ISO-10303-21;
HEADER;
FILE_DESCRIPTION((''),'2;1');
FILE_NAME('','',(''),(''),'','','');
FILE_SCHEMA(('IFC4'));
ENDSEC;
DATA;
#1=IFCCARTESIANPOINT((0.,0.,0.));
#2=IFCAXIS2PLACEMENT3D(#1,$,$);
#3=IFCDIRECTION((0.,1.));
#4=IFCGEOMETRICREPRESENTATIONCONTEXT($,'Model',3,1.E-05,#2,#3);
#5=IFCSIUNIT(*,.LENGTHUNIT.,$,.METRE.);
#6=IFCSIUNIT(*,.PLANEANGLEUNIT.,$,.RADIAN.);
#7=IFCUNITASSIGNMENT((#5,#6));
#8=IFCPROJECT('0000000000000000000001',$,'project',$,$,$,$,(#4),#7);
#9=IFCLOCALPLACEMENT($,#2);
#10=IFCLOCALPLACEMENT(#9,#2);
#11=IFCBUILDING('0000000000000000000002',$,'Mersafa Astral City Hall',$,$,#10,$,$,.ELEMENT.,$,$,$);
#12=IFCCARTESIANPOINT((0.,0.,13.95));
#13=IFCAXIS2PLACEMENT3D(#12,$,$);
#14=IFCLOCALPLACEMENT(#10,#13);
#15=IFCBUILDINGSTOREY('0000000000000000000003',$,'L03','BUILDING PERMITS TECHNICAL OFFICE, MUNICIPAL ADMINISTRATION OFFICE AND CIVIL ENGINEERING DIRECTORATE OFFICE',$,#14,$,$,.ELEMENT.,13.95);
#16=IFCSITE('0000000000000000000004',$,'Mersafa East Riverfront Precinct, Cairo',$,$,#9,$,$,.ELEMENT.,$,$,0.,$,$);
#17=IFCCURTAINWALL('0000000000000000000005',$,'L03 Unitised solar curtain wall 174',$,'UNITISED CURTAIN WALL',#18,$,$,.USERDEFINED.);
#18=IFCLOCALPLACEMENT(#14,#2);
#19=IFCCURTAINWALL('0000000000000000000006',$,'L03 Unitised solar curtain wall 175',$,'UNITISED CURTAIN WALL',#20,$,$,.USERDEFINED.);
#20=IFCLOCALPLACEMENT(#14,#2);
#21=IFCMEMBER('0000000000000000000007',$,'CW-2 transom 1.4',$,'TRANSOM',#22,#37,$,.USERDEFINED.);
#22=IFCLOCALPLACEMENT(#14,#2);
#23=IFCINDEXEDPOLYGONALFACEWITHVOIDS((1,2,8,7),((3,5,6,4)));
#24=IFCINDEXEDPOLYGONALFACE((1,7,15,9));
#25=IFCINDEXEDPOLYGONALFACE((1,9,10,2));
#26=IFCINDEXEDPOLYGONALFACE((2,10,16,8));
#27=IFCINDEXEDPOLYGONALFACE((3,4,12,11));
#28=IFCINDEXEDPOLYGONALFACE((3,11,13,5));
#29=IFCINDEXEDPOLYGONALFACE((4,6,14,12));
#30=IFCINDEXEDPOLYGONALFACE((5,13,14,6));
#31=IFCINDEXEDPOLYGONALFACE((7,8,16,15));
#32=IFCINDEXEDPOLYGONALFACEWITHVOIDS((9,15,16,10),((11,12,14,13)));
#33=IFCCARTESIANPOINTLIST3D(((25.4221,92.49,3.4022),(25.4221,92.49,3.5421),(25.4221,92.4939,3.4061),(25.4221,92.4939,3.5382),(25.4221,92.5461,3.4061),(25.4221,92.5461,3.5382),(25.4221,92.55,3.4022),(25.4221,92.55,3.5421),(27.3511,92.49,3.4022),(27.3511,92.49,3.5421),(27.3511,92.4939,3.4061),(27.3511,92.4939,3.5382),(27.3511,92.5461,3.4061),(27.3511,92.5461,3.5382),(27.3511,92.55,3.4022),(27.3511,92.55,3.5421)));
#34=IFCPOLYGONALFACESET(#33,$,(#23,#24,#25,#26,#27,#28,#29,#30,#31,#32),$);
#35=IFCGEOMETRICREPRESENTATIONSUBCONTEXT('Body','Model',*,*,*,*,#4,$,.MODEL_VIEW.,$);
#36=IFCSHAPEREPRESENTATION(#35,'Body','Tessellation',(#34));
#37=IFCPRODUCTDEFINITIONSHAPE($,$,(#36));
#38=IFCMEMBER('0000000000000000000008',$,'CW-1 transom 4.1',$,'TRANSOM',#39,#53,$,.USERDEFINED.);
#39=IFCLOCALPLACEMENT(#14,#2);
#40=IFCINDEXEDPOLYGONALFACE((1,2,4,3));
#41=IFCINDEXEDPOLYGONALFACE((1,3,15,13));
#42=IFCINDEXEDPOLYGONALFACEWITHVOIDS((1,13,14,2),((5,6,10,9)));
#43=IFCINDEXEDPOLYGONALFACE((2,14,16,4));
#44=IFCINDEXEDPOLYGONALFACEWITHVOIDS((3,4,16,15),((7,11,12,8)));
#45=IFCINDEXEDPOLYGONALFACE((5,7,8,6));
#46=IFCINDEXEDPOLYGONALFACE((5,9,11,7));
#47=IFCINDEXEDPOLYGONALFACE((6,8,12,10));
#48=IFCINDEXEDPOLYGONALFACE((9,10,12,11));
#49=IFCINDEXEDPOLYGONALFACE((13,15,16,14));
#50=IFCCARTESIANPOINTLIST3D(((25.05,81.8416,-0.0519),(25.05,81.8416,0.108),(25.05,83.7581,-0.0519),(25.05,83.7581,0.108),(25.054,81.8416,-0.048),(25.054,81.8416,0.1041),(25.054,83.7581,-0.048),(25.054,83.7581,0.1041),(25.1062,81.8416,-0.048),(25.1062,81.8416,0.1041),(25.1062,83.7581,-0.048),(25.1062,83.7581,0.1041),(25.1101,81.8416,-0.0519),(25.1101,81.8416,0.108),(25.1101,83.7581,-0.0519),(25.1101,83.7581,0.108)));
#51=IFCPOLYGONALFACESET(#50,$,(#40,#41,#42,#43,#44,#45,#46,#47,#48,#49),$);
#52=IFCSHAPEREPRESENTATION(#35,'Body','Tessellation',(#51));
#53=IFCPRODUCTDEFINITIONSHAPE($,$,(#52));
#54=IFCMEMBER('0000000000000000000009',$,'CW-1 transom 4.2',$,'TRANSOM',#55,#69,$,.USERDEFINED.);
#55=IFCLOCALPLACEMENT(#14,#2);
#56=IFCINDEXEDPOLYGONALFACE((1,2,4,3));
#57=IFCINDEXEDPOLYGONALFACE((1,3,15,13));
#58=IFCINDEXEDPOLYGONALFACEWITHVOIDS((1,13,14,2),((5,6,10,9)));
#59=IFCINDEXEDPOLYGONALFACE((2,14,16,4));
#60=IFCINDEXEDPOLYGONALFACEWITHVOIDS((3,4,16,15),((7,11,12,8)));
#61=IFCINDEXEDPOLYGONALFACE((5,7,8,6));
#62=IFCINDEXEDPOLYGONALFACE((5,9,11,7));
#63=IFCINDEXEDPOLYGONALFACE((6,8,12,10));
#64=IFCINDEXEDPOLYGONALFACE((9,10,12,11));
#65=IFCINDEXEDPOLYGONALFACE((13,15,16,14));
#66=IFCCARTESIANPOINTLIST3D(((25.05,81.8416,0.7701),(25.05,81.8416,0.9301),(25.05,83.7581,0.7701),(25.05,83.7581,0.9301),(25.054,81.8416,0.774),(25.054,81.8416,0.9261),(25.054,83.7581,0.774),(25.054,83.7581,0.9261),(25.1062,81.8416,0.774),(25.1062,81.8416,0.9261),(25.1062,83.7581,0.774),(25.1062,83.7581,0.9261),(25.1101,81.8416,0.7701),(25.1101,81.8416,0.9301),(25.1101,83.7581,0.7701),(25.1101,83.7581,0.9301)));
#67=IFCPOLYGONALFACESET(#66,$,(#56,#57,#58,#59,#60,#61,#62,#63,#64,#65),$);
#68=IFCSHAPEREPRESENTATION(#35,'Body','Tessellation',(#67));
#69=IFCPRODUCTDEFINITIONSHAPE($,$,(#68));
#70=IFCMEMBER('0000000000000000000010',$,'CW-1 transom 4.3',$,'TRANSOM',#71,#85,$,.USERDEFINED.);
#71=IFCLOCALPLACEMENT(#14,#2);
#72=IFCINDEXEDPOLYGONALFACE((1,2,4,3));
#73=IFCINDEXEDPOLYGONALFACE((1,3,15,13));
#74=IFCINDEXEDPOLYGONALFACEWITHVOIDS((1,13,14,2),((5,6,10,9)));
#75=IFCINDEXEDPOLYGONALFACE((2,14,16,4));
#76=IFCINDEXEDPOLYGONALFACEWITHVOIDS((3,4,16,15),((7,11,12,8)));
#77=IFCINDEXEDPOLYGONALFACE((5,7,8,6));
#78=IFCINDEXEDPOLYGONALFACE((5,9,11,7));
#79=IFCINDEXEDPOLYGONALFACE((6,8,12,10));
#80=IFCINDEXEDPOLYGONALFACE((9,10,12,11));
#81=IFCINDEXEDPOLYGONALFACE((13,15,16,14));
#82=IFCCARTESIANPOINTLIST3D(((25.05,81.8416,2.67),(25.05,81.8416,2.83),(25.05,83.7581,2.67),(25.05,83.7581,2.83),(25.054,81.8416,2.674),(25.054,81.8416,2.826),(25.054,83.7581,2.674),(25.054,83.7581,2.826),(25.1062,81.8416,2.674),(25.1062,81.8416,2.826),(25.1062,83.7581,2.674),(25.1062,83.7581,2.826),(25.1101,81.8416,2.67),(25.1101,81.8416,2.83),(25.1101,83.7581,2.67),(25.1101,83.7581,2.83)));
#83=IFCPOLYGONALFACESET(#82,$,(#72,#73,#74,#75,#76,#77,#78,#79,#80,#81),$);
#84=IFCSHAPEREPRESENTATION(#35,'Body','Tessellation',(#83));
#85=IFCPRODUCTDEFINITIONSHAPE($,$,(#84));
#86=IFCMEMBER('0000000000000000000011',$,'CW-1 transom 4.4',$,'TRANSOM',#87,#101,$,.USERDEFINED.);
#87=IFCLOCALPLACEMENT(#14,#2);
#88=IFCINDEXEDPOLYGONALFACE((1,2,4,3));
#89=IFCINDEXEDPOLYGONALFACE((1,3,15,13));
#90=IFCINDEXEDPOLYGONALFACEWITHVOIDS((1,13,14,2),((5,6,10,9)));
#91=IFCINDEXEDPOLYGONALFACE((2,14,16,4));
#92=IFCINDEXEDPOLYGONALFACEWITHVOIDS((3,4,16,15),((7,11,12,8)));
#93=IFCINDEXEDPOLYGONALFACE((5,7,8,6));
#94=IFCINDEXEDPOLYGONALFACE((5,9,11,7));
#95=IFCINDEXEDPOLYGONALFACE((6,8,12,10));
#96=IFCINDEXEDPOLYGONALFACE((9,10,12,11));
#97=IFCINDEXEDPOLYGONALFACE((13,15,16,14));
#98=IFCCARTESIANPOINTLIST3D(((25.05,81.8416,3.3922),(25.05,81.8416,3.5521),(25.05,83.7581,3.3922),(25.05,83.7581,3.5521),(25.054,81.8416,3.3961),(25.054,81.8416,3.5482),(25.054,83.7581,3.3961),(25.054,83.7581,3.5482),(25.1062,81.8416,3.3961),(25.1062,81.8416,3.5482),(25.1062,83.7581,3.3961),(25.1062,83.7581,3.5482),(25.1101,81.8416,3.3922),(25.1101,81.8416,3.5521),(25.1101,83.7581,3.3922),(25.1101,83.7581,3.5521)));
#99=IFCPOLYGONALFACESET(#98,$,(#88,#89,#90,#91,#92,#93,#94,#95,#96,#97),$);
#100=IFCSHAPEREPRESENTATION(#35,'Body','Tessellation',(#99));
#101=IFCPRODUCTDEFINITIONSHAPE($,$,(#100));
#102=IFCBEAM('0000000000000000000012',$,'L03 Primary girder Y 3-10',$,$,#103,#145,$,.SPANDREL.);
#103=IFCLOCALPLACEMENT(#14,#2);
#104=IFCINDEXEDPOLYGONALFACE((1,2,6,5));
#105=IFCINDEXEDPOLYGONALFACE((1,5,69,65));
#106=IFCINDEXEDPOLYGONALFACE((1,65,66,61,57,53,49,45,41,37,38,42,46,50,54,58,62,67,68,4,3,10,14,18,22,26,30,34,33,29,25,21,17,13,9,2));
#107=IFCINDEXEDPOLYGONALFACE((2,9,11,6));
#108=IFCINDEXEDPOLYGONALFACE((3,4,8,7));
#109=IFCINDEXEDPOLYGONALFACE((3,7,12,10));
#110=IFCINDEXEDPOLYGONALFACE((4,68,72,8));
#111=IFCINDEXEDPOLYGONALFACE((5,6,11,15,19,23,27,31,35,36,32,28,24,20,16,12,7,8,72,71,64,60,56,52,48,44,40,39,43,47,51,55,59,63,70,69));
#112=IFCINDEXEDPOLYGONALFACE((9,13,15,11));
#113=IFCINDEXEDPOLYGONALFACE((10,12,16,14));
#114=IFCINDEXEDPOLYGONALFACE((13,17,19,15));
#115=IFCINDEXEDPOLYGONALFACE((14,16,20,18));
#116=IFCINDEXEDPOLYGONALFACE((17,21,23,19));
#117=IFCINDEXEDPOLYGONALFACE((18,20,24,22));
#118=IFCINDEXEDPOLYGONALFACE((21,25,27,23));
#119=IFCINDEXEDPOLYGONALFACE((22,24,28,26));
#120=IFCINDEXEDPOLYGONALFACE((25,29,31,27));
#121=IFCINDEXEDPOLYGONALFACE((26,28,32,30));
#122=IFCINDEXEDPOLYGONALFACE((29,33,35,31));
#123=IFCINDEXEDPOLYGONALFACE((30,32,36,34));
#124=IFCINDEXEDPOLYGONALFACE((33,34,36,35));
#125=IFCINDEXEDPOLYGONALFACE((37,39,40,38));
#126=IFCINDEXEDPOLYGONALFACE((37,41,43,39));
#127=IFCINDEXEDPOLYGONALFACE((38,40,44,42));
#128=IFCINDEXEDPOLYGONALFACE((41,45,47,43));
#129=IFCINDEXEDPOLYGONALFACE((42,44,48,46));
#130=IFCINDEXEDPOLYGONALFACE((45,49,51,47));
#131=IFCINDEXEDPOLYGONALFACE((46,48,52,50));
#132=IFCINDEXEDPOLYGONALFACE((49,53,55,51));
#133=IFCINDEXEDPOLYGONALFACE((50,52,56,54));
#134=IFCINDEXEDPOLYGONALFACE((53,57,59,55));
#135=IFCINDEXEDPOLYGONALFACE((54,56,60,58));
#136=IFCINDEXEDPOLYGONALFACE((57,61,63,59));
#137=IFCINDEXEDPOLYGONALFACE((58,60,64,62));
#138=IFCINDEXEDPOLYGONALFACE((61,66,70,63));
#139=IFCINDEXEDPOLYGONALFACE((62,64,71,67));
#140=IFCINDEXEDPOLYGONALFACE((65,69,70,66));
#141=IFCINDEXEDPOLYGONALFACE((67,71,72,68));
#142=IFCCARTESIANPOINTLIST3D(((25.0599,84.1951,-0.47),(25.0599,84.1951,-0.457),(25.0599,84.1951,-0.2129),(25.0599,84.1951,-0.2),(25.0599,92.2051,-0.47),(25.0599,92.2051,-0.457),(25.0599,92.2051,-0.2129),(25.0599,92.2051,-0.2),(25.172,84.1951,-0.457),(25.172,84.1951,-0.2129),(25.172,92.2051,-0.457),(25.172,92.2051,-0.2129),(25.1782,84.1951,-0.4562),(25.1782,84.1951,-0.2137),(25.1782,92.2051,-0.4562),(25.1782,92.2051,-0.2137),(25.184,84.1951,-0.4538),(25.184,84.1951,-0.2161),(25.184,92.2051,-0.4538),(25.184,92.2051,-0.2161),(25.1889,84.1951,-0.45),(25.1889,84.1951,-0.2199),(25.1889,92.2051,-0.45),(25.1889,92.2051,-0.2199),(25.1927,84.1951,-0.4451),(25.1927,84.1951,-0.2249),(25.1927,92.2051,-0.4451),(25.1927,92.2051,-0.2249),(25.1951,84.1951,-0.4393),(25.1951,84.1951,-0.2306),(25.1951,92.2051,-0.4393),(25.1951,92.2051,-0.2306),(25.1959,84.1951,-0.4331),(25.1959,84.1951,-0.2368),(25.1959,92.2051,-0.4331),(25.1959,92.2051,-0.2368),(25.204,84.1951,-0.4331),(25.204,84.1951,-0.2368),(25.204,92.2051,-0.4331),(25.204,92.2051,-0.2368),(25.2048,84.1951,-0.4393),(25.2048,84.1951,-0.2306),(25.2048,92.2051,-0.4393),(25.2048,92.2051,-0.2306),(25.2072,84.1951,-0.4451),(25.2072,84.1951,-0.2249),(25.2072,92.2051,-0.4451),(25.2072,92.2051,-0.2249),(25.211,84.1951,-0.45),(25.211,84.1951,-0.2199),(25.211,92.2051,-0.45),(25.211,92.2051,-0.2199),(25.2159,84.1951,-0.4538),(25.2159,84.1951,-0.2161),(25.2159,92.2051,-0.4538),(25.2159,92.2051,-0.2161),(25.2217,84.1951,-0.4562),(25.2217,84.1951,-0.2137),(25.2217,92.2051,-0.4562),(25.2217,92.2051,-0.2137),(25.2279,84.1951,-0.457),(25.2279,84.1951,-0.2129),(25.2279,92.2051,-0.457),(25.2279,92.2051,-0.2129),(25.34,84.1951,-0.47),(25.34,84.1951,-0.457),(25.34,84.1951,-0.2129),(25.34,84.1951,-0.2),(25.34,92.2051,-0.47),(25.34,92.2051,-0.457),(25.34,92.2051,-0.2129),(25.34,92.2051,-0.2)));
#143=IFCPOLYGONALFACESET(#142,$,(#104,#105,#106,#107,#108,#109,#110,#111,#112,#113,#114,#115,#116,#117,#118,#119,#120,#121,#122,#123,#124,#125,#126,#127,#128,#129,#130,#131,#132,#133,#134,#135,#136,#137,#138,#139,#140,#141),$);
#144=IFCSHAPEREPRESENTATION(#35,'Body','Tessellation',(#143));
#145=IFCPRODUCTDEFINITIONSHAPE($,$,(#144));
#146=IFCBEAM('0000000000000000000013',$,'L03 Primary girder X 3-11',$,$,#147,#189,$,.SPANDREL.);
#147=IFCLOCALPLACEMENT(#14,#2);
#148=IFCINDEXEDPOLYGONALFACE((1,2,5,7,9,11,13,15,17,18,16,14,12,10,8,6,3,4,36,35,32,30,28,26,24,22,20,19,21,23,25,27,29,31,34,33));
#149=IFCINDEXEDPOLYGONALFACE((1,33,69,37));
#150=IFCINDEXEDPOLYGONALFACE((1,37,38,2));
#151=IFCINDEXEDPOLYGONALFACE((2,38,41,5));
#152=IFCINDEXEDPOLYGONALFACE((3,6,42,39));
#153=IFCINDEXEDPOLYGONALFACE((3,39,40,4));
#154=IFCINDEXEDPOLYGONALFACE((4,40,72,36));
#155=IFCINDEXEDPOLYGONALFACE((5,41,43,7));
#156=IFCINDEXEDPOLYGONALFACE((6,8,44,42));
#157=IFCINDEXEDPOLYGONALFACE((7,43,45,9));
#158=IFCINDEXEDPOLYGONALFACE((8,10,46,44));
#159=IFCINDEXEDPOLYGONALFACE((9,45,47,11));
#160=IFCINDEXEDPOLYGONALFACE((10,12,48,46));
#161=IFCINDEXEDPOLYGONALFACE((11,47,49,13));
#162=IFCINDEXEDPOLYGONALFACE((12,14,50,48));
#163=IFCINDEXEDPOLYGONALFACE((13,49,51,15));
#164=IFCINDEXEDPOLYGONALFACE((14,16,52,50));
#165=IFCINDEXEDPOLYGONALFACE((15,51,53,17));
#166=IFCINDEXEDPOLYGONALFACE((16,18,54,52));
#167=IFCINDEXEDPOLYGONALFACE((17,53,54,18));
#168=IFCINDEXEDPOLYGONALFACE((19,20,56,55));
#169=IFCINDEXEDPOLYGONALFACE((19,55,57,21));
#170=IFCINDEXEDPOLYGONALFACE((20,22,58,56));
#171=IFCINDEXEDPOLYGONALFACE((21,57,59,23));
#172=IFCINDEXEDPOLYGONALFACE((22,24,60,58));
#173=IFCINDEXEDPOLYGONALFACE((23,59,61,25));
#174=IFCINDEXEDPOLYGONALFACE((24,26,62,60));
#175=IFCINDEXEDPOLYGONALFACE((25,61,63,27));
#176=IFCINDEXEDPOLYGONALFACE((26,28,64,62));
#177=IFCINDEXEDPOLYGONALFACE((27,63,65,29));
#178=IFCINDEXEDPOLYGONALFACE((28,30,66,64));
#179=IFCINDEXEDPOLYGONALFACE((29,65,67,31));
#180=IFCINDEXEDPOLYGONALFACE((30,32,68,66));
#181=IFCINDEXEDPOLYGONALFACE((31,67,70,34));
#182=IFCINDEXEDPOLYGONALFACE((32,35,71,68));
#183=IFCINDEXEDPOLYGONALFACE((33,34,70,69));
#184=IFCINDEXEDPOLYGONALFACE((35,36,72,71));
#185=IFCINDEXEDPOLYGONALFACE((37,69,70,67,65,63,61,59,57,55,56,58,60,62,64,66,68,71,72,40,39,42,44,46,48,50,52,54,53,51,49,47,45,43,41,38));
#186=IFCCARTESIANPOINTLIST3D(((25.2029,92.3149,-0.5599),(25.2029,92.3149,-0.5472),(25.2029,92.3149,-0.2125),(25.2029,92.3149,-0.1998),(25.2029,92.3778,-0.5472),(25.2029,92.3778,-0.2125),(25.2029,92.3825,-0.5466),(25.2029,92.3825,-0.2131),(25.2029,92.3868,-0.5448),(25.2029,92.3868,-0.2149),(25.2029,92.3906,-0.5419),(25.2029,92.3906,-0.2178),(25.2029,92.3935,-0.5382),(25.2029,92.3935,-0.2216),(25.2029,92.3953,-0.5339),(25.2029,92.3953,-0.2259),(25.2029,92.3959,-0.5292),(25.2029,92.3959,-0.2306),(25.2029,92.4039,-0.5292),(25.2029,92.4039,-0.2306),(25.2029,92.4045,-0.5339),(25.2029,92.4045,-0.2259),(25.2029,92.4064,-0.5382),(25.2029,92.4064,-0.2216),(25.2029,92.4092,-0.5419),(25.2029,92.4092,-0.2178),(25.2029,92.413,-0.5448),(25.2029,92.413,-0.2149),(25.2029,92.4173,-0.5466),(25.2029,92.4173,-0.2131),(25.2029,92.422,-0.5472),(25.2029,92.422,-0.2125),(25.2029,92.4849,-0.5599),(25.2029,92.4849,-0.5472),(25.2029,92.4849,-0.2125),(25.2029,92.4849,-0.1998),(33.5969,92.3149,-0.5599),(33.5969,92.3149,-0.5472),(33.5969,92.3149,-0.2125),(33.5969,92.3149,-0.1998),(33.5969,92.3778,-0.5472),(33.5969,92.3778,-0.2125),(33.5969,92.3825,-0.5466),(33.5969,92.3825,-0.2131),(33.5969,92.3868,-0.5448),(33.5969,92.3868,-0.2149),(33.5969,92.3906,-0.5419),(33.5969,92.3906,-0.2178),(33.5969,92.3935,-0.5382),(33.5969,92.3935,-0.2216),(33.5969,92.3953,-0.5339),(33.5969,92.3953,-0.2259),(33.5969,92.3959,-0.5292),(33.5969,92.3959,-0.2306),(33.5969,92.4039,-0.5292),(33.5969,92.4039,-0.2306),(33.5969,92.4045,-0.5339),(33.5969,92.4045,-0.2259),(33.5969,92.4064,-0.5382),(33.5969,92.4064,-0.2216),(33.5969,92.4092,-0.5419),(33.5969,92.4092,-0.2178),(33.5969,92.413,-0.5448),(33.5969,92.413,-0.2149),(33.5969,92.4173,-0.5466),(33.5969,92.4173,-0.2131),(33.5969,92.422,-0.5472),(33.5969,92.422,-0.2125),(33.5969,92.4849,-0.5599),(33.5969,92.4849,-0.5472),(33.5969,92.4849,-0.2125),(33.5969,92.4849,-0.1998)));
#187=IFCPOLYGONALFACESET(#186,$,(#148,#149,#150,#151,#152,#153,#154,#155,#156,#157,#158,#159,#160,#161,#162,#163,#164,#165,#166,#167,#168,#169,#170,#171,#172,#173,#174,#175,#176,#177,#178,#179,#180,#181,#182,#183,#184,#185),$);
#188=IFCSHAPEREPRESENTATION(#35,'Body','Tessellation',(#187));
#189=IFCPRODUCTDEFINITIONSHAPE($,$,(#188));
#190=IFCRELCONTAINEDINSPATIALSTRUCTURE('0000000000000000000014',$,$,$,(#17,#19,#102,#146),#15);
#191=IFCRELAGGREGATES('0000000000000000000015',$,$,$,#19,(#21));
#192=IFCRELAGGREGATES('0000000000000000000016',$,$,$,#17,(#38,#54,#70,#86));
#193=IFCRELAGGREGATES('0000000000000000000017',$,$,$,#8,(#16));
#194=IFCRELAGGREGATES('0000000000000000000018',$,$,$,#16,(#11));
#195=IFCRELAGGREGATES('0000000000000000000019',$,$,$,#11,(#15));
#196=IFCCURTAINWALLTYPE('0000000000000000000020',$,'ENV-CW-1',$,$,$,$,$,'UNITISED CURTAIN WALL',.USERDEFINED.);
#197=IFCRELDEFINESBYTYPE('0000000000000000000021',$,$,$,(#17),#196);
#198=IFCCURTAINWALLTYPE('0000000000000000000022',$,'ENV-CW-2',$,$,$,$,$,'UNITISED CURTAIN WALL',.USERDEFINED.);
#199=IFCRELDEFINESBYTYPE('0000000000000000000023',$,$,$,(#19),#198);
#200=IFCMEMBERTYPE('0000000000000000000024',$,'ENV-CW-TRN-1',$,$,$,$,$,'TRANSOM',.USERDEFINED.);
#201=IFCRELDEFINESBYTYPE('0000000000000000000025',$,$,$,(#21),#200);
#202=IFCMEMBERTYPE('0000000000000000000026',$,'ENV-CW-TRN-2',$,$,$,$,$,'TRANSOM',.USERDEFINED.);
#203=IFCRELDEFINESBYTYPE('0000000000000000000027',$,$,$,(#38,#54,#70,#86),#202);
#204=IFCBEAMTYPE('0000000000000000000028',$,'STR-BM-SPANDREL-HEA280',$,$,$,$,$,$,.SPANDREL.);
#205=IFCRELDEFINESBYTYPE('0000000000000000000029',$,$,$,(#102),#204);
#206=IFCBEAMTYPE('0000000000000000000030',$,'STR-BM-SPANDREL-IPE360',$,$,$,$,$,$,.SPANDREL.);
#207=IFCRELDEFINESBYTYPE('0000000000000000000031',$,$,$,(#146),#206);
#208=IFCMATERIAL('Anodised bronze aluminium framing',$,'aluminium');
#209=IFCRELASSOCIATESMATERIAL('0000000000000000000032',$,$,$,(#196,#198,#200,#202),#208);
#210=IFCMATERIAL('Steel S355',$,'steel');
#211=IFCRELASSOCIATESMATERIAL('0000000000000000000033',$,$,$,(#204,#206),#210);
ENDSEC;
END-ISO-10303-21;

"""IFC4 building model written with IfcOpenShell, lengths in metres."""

from ifc_helpers import new_model, si_unit, direction, frame, origin, origin_2d, place, context, subcontext, project, spatial, hollow_rectangle, i_section, extrude, material, material_profile, profile_set, type_object, element, aggregate, save


model = new_model("IFC4")

# Units and contexts
model_context = context("Model", 3, precision=1e-05, world=origin(), true_north=direction((0.0, 1.0)))
body_context = subcontext(model_context, "Body", "Model", "MODEL_VIEW")
ifc_project = project(units=[si_unit("LENGTHUNIT", "METRE"), si_unit("PLANEANGLEUNIT", "RADIAN")], contexts=[model_context])

# Site, building, storey
site_placement = place(None, origin())
site = spatial("IfcSite", under=ifc_project, at=site_placement, Name="Mersafa East Riverfront Precinct, Cairo", CompositionType="ELEMENT", RefElevation=0.0)
building_placement = place(site_placement, origin())
building = spatial("IfcBuilding", under=site, at=building_placement, Name="Mersafa Astral City Hall", CompositionType="ELEMENT")
storey_placement = place(building_placement, frame((0.0, 0.0, 13.95)))
storey = spatial("IfcBuildingStorey", under=building, at=storey_placement, Name="L03", Description="BUILDING PERMITS TECHNICAL OFFICE, MUNICIPAL ADMINISTRATION OFFICE AND CIVIL ENGINEERING DIRECTORATE OFFICE", CompositionType="ELEMENT", Elevation=13.95)

# Shared definitions
ifc_material_1 = material(Name="Steel S355", Category="steel")

# Curtain wall
ifc_material_2 = material(Name="Anodised bronze aluminium framing", Category="aluminium")
curtain_wall_type_1 = type_object("IfcCurtainWallType", Name="ENV-CW-1", ElementType="UNITISED CURTAIN WALL", PredefinedType="USERDEFINED", material=ifc_material_2)
curtain_wall_1_placement = place(storey_placement, origin())
curtain_wall_1 = element("IfcCurtainWall", 1, at=curtain_wall_1_placement, inside=storey, type_object=curtain_wall_type_1, Name="L03 Unitised solar curtain wall 174", ObjectType="UNITISED CURTAIN WALL", PredefinedType="USERDEFINED")

# Curtain wall, member
curtain_wall_type_2 = type_object("IfcCurtainWallType", Name="ENV-CW-2", ElementType="UNITISED CURTAIN WALL", PredefinedType="USERDEFINED", material=ifc_material_2)
curtain_wall_2_placement = place(storey_placement, origin())
curtain_wall_2 = element("IfcCurtainWall", 2, at=curtain_wall_2_placement, inside=storey, type_object=curtain_wall_type_2, Name="L03 Unitised solar curtain wall 175", ObjectType="UNITISED CURTAIN WALL", PredefinedType="USERDEFINED")
ifc_material_profile_1 = material_profile(ifc_material_2, hollow_rectangle(XDim=0.0601, YDim=0.1399, WallThickness=0.0039, at=origin_2d()), Name="RHS 60x140x4")
ifc_profile_set_1 = profile_set([ifc_material_profile_1], Name="Anodised bronze aluminium framing")
member_type_1 = type_object("IfcMemberType", Name="ENV-CW-TRN-1", ElementType="TRANSOM", PredefinedType="USERDEFINED", material=ifc_profile_set_1)
member_1_placement = place(storey_placement, frame((25.4221, 92.52, 3.4722), z_axis=(1.0, 0.0, 0.0), x_axis=(0.0, 1.0, 0.0)))
member_1 = element("IfcMember", 3, at=member_1_placement, type_object=member_type_1, Name="CW-2 transom 1.4", ObjectType="TRANSOM", PredefinedType="USERDEFINED", context=body_context, shape_type="SweptSolid", body=[
    extrude(hollow_rectangle(XDim=0.0601, YDim=0.1399, WallThickness=0.0039, at=origin_2d()), origin(), (0.0, 0.0, 1.0), 1.929),
])
aggregate(curtain_wall_2, [member_1])

# Members
ifc_material_profile_2 = material_profile(ifc_material_2, hollow_rectangle(XDim=0.0601, YDim=0.1599, WallThickness=0.0039, at=origin_2d()), Name="RHS 60x160x4")
ifc_profile_set_2 = profile_set([ifc_material_profile_2], Name="Anodised bronze aluminium framing")
member_type_2 = type_object("IfcMemberType", Name="ENV-CW-TRN-2", ElementType="TRANSOM", PredefinedType="USERDEFINED", material=ifc_profile_set_2)
member_2_placement = place(storey_placement, frame((25.0801, 81.8416, 0.0281), z_axis=(0.0, 1.0, 0.0), x_axis=(-1.0, 0.0, 0.0)))
member_2 = element("IfcMember", 4, at=member_2_placement, type_object=member_type_2, Name="CW-1 transom 4.1", ObjectType="TRANSOM", PredefinedType="USERDEFINED", context=body_context, shape_type="SweptSolid", body=[
    extrude(hollow_rectangle(XDim=0.0601, YDim=0.1599, WallThickness=0.0039, at=origin_2d()), origin(), (0.0, 0.0, 1.0), 1.9165),
])
member_3_placement = place(storey_placement, frame((25.0801, 81.8416, 0.8501), z_axis=(0.0, 1.0, 0.0), x_axis=(-1.0, 0.0, 0.0)))
member_3 = element("IfcMember", 5, at=member_3_placement, type_object=member_type_2, Name="CW-1 transom 4.2", ObjectType="TRANSOM", PredefinedType="USERDEFINED", context=body_context, shape_type="SweptSolid", body=[
    extrude(hollow_rectangle(XDim=0.0601, YDim=0.1599, WallThickness=0.0039, at=origin_2d()), origin(), (0.0, 0.0, 1.0), 1.9165),
])
member_4_placement = place(storey_placement, frame((25.0801, 81.8416, 2.75), z_axis=(0.0, 1.0, 0.0), x_axis=(-1.0, 0.0, 0.0)))
member_4 = element("IfcMember", 6, at=member_4_placement, type_object=member_type_2, Name="CW-1 transom 4.3", ObjectType="TRANSOM", PredefinedType="USERDEFINED", context=body_context, shape_type="SweptSolid", body=[
    extrude(hollow_rectangle(XDim=0.0601, YDim=0.1599, WallThickness=0.0039, at=origin_2d()), origin(), (0.0, 0.0, 1.0), 1.9165),
])
member_5_placement = place(storey_placement, frame((25.0801, 81.8416, 3.4722), z_axis=(0.0, 1.0, 0.0), x_axis=(-1.0, 0.0, 0.0)))
member_5 = element("IfcMember", 7, at=member_5_placement, type_object=member_type_2, Name="CW-1 transom 4.4", ObjectType="TRANSOM", PredefinedType="USERDEFINED", context=body_context, shape_type="SweptSolid", body=[
    extrude(hollow_rectangle(XDim=0.0601, YDim=0.1599, WallThickness=0.0039, at=origin_2d()), origin(), (0.0, 0.0, 1.0), 1.9165),
])

# Beams
ifc_material_profile_3 = material_profile(ifc_material_1, i_section(OverallWidth=0.28, OverallDepth=0.27, WebThickness=0.0081, FlangeThickness=0.0129, FilletRadius=0.0239, at=origin_2d()), Name="HEA 280")
ifc_profile_set_3 = profile_set([ifc_material_profile_3], Name="Steel S355")
beam_type_1 = type_object("IfcBeamType", Name="STR-BM-SPANDREL-HEA280", PredefinedType="SPANDREL", material=ifc_profile_set_3)
beam_1_placement = place(storey_placement, frame((25.2, 84.1951, -0.335), z_axis=(0.0, 1.0, 0.0), x_axis=(-1.0, 0.0, 0.0)))
element("IfcBeam", 8, at=beam_1_placement, inside=storey, type_object=beam_type_1, Name="L03 Primary girder Y 3-10", PredefinedType="SPANDREL", context=body_context, shape_type="SweptSolid", body=[
    extrude(i_section(OverallWidth=0.28, OverallDepth=0.27, WebThickness=0.0081, FlangeThickness=0.0129, FilletRadius=0.0239, at=origin_2d()), origin(), (0.0, 0.0, 1.0), 8.01),
])
ifc_material_profile_4 = material_profile(ifc_material_1, i_section(OverallWidth=0.1699, OverallDepth=0.3601, WebThickness=0.0081, FlangeThickness=0.0127, FilletRadius=0.0181, at=origin_2d()), Name="IPE 360")
ifc_profile_set_4 = profile_set([ifc_material_profile_4], Name="Steel S355")
beam_type_2 = type_object("IfcBeamType", Name="STR-BM-SPANDREL-IPE360", PredefinedType="SPANDREL", material=ifc_profile_set_4)
beam_2_placement = place(storey_placement, frame((25.2029, 92.3999, -0.3799), z_axis=(1.0, 0.0, 0.0), x_axis=(0.0, 1.0, 0.0)))
element("IfcBeam", 9, at=beam_2_placement, inside=storey, type_object=beam_type_2, Name="L03 Primary girder X 3-11", PredefinedType="SPANDREL", context=body_context, shape_type="SweptSolid", body=[
    extrude(i_section(OverallWidth=0.1699, OverallDepth=0.3601, WebThickness=0.0081, FlangeThickness=0.0127, FilletRadius=0.0181, at=origin_2d()), origin(), (0.0, 0.0, 1.0), 8.394),
])

aggregate(curtain_wall_1, [member_2, member_3, member_4, member_5])

save(model, "model.ifc")
